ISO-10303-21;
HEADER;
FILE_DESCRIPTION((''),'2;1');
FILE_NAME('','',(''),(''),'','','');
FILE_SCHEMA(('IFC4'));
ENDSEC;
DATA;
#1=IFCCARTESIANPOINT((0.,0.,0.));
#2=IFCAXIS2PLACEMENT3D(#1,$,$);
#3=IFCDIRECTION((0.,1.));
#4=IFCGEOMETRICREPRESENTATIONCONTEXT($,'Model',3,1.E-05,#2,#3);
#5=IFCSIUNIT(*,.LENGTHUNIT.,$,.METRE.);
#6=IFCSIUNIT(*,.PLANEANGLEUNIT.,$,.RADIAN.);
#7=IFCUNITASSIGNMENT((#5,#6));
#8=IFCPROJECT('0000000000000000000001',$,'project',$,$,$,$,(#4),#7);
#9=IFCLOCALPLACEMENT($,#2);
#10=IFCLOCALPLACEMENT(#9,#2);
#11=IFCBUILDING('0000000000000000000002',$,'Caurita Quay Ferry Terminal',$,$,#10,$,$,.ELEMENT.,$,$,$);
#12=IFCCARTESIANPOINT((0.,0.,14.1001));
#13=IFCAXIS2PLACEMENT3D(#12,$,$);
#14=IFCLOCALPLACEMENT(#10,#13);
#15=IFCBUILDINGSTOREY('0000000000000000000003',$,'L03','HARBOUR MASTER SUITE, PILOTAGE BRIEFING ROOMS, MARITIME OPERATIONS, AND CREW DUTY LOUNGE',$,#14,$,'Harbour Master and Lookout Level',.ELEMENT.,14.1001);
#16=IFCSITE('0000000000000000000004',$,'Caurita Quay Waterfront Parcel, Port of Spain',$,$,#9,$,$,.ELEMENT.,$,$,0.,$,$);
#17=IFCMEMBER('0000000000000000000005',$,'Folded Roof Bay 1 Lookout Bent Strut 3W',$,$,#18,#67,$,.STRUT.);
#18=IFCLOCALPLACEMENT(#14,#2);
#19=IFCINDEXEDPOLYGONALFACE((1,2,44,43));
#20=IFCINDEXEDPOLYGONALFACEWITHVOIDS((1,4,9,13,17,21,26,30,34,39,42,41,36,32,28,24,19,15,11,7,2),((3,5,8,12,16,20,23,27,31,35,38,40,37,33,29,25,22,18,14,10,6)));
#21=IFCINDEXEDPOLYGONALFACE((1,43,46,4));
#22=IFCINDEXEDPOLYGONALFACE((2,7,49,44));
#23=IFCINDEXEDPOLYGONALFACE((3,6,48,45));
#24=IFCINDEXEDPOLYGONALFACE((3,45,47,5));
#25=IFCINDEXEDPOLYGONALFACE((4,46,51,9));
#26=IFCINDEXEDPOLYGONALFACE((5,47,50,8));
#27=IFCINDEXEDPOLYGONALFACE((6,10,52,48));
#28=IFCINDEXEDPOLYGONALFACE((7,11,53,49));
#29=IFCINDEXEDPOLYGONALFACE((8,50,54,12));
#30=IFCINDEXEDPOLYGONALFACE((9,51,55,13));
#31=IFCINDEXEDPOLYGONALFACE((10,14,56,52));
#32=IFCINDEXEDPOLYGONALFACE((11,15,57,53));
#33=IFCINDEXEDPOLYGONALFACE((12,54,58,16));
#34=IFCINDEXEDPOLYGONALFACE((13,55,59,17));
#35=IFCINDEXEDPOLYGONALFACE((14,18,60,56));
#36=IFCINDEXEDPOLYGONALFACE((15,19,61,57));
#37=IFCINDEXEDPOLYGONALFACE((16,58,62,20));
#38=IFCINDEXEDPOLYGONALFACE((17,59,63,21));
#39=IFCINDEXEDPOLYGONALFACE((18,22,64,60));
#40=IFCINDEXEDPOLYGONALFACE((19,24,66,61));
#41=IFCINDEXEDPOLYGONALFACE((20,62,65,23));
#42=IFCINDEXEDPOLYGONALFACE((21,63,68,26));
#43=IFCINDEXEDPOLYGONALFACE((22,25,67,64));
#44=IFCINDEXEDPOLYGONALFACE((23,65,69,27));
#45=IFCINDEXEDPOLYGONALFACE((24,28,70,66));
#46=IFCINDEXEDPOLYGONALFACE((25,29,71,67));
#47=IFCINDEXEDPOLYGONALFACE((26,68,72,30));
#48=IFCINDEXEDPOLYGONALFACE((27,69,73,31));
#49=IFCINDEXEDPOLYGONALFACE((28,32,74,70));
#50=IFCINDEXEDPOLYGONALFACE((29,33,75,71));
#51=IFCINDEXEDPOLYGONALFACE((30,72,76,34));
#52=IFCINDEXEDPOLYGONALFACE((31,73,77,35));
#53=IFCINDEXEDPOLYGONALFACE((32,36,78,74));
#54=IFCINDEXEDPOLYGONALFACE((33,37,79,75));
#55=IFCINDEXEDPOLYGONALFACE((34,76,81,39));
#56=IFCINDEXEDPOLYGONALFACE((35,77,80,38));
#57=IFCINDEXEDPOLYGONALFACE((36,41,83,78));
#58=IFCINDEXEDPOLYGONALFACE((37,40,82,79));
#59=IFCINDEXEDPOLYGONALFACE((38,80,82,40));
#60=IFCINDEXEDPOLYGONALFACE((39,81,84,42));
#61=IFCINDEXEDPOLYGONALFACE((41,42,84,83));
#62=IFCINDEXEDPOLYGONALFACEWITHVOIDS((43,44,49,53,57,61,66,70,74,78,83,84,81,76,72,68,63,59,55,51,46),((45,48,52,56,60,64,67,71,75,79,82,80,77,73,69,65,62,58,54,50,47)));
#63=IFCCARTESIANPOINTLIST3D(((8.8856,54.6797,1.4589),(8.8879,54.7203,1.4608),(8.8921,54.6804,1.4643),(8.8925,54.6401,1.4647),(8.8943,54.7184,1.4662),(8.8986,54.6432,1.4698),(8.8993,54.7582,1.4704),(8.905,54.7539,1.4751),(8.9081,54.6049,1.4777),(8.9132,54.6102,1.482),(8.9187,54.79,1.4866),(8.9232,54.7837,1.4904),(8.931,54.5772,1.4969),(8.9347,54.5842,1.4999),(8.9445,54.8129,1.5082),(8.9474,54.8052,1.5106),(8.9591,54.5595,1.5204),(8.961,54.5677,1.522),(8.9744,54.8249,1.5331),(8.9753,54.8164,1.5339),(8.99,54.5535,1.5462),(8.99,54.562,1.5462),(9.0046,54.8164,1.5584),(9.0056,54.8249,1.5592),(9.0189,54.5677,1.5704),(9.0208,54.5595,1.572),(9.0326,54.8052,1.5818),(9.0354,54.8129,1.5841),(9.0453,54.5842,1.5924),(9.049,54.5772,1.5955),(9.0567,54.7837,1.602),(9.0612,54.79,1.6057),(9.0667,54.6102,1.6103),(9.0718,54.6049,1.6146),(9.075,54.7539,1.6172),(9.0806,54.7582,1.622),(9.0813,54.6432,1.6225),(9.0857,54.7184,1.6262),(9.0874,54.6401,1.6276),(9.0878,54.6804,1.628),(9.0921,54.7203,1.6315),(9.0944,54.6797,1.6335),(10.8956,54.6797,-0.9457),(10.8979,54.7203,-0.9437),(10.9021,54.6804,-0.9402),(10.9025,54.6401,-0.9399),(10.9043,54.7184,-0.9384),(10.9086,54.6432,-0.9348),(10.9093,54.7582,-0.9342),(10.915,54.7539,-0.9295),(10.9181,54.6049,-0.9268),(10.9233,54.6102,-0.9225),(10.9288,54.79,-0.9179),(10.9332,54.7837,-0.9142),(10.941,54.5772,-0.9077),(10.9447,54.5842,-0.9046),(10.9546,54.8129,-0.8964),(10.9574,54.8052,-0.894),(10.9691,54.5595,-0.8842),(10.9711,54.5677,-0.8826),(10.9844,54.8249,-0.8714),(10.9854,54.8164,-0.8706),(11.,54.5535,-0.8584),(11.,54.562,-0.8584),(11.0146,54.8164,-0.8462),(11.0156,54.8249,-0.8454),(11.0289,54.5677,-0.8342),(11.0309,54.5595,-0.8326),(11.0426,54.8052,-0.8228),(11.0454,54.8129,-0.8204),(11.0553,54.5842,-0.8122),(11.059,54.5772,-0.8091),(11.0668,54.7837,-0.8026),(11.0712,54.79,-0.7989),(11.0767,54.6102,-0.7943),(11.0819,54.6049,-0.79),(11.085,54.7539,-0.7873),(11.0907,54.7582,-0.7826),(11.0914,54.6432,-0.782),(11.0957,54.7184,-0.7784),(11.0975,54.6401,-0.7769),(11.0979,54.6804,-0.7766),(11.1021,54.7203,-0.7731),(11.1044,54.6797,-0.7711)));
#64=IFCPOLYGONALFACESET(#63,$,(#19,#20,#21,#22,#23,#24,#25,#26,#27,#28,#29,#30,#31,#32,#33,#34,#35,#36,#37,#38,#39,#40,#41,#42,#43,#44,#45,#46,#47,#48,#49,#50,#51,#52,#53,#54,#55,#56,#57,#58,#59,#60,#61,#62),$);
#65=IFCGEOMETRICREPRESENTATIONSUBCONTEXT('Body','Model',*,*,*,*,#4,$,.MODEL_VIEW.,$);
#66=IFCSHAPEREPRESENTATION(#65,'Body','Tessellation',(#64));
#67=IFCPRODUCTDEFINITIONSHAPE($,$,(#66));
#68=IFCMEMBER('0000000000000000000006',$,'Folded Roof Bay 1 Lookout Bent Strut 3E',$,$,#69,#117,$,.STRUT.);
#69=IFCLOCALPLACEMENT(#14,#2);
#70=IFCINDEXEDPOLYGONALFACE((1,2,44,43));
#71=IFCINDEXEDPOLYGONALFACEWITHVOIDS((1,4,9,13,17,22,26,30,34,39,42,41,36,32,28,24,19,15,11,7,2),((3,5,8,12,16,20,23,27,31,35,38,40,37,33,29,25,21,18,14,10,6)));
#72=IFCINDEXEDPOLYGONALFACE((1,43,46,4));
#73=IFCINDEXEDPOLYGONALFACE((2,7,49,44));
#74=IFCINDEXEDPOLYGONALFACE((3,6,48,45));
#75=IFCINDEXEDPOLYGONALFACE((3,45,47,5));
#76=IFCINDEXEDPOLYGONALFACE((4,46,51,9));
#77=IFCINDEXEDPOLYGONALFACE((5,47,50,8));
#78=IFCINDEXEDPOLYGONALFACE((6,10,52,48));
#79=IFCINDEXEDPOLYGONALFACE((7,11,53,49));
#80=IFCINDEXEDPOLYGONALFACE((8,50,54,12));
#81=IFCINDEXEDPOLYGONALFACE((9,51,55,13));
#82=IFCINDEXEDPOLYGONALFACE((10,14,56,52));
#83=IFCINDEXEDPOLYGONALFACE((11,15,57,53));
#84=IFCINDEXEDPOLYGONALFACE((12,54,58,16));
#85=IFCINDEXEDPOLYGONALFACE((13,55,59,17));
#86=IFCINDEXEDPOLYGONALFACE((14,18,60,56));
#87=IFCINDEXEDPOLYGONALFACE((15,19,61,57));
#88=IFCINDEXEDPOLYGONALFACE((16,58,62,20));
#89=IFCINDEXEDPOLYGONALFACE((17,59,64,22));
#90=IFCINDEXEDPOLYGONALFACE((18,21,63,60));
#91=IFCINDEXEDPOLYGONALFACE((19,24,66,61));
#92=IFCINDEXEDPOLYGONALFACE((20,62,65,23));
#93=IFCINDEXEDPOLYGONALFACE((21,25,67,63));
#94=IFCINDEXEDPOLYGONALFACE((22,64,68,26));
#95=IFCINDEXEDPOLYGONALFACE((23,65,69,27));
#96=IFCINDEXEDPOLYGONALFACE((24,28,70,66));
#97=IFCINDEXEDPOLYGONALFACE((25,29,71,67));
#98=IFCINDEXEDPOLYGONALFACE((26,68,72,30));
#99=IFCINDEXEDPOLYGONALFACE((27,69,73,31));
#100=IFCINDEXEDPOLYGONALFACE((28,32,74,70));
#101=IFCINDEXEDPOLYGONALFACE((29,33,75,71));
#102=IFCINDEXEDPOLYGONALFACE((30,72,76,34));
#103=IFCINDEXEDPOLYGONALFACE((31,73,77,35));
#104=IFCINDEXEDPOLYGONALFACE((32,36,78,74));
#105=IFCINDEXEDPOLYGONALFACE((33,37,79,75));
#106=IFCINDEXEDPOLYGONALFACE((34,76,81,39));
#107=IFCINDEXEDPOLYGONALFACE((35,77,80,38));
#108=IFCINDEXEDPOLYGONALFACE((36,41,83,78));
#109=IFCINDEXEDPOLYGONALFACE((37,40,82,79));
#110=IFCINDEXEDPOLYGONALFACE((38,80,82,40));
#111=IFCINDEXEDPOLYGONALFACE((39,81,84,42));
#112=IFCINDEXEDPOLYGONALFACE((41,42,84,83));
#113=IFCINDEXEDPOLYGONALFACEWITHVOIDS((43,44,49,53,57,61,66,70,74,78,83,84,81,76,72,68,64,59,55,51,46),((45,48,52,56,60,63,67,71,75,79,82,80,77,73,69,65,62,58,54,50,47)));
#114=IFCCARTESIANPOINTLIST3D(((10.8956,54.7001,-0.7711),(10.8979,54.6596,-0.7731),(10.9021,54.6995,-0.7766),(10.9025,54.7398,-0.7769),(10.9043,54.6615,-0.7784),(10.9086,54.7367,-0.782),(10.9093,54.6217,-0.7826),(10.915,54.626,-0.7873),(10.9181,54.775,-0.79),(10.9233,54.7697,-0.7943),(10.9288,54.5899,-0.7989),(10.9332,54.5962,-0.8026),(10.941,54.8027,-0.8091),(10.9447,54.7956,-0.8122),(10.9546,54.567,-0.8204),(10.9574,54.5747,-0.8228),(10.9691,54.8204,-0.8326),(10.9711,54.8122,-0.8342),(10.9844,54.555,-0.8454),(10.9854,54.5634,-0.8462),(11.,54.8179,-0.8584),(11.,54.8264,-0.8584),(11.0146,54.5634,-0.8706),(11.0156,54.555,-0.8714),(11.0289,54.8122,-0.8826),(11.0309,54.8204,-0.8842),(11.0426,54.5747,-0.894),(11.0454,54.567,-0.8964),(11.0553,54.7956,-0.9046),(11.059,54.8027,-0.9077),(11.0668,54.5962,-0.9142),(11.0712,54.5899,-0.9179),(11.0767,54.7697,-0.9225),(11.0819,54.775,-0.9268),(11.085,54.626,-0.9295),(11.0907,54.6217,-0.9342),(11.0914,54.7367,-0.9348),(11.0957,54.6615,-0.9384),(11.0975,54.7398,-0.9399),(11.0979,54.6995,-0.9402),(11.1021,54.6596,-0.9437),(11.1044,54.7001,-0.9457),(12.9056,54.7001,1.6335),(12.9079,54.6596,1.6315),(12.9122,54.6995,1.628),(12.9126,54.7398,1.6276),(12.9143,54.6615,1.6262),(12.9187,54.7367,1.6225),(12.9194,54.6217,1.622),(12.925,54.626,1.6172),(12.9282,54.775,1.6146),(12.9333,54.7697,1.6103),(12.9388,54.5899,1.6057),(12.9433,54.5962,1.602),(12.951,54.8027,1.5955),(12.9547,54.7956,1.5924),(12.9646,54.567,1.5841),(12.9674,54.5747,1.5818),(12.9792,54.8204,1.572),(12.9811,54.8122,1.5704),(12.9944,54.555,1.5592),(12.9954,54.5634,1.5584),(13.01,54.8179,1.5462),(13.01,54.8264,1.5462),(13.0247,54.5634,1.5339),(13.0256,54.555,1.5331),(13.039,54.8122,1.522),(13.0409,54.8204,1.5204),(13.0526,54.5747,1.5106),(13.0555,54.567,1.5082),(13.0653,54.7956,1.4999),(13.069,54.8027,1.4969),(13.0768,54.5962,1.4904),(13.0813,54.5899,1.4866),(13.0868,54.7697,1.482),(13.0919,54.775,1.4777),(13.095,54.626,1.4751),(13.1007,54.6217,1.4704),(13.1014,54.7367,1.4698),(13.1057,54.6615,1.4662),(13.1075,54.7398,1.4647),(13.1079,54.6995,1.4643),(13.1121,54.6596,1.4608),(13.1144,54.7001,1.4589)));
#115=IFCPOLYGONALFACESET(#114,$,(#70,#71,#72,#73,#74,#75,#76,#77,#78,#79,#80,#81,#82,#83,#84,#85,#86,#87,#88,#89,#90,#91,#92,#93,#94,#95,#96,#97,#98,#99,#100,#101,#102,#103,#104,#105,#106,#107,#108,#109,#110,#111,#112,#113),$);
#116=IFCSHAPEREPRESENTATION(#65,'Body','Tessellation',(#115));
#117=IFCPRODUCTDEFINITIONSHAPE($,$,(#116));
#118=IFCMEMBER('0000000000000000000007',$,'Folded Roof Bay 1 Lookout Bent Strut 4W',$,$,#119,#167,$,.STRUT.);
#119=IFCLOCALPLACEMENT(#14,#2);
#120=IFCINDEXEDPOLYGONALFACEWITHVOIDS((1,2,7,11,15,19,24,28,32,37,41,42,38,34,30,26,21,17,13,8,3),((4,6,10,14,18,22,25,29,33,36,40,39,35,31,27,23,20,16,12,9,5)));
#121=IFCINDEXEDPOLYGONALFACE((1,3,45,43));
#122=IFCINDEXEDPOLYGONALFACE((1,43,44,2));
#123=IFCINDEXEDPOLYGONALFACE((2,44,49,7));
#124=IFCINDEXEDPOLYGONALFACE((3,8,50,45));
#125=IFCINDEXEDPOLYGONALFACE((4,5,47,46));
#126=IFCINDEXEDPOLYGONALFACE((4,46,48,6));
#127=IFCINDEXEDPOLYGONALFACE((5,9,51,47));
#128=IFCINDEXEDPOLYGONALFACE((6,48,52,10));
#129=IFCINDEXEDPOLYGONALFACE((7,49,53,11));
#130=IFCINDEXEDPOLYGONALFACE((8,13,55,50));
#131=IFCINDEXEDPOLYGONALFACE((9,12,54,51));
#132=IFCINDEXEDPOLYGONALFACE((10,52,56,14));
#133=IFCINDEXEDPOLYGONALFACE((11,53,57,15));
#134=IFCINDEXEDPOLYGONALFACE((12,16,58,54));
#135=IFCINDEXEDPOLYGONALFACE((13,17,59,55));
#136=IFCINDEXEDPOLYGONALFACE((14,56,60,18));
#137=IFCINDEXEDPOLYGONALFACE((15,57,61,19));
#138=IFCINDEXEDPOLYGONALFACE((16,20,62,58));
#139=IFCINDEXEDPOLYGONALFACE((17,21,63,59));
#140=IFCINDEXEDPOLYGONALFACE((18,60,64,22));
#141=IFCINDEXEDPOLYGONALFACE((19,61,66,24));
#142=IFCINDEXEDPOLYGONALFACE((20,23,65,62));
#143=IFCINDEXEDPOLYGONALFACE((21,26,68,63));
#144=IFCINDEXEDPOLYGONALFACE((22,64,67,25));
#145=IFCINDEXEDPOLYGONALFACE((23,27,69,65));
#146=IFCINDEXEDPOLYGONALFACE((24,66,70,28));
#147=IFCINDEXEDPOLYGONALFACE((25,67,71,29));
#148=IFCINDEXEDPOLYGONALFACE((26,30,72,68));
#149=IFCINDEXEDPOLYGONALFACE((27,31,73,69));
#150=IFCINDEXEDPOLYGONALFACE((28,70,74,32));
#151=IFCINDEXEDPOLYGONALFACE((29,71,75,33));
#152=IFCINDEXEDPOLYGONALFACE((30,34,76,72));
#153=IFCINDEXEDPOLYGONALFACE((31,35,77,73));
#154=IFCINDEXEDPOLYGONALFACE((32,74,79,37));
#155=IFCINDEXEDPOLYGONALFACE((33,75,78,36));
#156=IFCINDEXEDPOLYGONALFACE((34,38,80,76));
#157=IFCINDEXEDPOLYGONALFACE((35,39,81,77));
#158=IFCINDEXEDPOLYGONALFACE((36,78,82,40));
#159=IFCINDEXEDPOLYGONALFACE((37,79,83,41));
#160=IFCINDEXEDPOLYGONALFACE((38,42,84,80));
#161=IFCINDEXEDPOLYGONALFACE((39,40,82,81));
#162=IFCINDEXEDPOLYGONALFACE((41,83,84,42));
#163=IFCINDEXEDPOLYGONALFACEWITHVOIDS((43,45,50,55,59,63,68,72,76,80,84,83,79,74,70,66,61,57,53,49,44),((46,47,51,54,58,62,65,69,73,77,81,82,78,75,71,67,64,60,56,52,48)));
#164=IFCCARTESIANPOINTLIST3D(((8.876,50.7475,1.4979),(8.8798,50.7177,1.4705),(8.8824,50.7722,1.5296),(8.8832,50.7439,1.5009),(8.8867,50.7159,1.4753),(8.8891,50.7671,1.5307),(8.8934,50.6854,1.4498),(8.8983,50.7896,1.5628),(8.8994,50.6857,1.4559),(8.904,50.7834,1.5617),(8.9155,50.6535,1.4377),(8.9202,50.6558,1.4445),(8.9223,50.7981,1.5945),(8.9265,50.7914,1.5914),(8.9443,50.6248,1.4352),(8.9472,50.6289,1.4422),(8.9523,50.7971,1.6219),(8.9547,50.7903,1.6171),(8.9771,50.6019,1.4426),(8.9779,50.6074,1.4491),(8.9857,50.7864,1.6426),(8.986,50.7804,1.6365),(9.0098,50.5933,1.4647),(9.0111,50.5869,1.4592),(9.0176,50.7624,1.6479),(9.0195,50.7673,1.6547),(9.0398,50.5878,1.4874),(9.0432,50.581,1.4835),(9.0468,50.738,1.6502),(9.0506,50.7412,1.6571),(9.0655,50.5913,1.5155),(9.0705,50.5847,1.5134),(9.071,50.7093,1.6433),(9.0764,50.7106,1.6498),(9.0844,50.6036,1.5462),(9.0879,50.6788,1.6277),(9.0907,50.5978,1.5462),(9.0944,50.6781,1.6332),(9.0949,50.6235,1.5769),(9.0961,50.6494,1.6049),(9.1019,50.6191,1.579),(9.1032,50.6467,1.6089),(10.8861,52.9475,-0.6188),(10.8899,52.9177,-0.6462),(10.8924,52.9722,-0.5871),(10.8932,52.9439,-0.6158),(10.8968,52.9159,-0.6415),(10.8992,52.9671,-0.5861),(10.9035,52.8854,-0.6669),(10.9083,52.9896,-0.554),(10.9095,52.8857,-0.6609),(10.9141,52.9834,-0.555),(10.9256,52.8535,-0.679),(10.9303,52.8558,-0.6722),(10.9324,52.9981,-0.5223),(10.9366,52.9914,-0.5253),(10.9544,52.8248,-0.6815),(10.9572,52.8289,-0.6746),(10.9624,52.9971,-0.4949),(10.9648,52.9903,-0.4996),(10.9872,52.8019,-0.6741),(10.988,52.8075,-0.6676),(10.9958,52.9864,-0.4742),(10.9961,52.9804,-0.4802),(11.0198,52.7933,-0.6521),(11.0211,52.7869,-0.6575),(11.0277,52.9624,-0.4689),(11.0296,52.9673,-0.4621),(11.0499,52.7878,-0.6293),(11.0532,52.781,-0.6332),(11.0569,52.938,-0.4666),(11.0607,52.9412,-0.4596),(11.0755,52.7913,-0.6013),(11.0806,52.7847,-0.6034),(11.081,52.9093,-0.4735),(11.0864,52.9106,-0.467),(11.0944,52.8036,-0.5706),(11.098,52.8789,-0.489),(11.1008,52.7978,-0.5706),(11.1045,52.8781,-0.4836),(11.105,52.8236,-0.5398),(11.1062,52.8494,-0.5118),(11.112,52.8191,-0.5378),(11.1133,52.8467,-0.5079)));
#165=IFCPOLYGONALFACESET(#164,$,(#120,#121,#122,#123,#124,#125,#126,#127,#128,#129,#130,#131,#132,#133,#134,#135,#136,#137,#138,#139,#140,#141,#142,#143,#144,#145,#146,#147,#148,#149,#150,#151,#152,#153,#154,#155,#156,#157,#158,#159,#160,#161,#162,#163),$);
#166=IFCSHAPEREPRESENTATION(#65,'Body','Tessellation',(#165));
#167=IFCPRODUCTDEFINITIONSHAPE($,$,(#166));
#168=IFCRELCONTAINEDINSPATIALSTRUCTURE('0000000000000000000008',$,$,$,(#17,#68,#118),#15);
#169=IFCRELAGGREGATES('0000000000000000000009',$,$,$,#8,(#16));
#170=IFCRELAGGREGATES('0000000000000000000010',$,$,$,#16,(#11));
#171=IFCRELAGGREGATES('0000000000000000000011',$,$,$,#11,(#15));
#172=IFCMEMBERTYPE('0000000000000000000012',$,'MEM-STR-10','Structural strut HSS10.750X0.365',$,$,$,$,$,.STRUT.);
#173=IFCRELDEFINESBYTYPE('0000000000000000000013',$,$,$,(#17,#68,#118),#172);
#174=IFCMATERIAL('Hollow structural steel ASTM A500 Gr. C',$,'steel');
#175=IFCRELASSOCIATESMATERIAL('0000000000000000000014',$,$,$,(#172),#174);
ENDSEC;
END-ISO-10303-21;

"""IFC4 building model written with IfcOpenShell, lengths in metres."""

from ifc_helpers import new_model, si_unit, direction, frame, origin, origin_2d, place, context, subcontext, project, spatial, hollow_circle, extrude, material, material_profile, profile_set, type_object, element, save


model = new_model("IFC4")

# Units and contexts
model_context = context("Model", 3, precision=1e-05, world=origin(), true_north=direction((0.0, 1.0)))
body_context = subcontext(model_context, "Body", "Model", "MODEL_VIEW")
ifc_project = project(units=[si_unit("LENGTHUNIT", "METRE"), si_unit("PLANEANGLEUNIT", "RADIAN")], contexts=[model_context])

# Site, building, storey
site_placement = place(None, origin())
site = spatial("IfcSite", under=ifc_project, at=site_placement, Name="Caurita Quay Waterfront Parcel, Port of Spain", CompositionType="ELEMENT", RefElevation=0.0)
building_placement = place(site_placement, origin())
building = spatial("IfcBuilding", under=site, at=building_placement, Name="Caurita Quay Ferry Terminal", CompositionType="ELEMENT")
storey_placement = place(building_placement, frame((0.0, 0.0, 14.1001)))
storey = spatial("IfcBuildingStorey", under=building, at=storey_placement, Name="L03", Description="HARBOUR MASTER SUITE, PILOTAGE BRIEFING ROOMS, MARITIME OPERATIONS, AND CREW DUTY LOUNGE", LongName="Harbour Master and Lookout Level", CompositionType="ELEMENT", Elevation=14.1001)

# Members
ifc_material_1 = material(Name="Hollow structural steel ASTM A500 Gr. C", Category="steel")
ifc_material_profile_1 = material_profile(ifc_material_1, hollow_circle(Radius=0.1365, WallThickness=0.0085, at=origin_2d()), Name="HSS10.750X0.365")
ifc_profile_set_1 = profile_set([ifc_material_profile_1], Name="Hollow structural steel ASTM A500 Gr. C")
member_type_1 = type_object("IfcMemberType", Name="MEM-STR-10", Description="Structural strut HSS10.750X0.365", PredefinedType="STRUT", material=ifc_profile_set_1)
for number, where, z_axis, x_axis, name in (
    (1, (11.0, 54.6899, -0.8584), (-0.641356, 0.0, 0.767243), (0.0, -1.0, 0.0), "Folded Roof Bay 1 Lookout Bent Strut 3W"),
    (2, (11.0, 54.6899, -0.8584), (0.641356, 0.0, 0.767243), (0.0, 1.0, 0.0), "Folded Roof Bay 1 Lookout Bent Strut 3E"),
):
    element("IfcMember", number, at=place(storey_placement, frame(where, z_axis=z_axis, x_axis=x_axis)), inside=storey, type_object=member_type_1, Name=name, PredefinedType="STRUT", context=body_context, shape_type="SweptSolid", body=[
        extrude(hollow_circle(Radius=0.1365, WallThickness=0.0085, at=origin_2d()), origin(), (0.0, 0.0, 1.0), 3.134),
    ])
for number, where, z_axis, x_axis, name in (
    (3, (11.0, 52.8899, -0.5706), (-0.549907, -0.601872, 0.579096), (0.738258, -0.674518, 0.0), "Folded Roof Bay 1 Lookout Bent Strut 4W"),
):
    element("IfcMember", number, at=place(storey_placement, frame(where, z_axis=z_axis, x_axis=x_axis)), inside=storey, type_object=member_type_1, Name=name, PredefinedType="STRUT", context=body_context, shape_type="SweptSolid", body=[
        extrude(hollow_circle(Radius=0.1365, WallThickness=0.0085, at=origin_2d()), origin(), (0.0, 0.0, 1.0), 3.6553),
    ])

save(model, "model.ifc")
